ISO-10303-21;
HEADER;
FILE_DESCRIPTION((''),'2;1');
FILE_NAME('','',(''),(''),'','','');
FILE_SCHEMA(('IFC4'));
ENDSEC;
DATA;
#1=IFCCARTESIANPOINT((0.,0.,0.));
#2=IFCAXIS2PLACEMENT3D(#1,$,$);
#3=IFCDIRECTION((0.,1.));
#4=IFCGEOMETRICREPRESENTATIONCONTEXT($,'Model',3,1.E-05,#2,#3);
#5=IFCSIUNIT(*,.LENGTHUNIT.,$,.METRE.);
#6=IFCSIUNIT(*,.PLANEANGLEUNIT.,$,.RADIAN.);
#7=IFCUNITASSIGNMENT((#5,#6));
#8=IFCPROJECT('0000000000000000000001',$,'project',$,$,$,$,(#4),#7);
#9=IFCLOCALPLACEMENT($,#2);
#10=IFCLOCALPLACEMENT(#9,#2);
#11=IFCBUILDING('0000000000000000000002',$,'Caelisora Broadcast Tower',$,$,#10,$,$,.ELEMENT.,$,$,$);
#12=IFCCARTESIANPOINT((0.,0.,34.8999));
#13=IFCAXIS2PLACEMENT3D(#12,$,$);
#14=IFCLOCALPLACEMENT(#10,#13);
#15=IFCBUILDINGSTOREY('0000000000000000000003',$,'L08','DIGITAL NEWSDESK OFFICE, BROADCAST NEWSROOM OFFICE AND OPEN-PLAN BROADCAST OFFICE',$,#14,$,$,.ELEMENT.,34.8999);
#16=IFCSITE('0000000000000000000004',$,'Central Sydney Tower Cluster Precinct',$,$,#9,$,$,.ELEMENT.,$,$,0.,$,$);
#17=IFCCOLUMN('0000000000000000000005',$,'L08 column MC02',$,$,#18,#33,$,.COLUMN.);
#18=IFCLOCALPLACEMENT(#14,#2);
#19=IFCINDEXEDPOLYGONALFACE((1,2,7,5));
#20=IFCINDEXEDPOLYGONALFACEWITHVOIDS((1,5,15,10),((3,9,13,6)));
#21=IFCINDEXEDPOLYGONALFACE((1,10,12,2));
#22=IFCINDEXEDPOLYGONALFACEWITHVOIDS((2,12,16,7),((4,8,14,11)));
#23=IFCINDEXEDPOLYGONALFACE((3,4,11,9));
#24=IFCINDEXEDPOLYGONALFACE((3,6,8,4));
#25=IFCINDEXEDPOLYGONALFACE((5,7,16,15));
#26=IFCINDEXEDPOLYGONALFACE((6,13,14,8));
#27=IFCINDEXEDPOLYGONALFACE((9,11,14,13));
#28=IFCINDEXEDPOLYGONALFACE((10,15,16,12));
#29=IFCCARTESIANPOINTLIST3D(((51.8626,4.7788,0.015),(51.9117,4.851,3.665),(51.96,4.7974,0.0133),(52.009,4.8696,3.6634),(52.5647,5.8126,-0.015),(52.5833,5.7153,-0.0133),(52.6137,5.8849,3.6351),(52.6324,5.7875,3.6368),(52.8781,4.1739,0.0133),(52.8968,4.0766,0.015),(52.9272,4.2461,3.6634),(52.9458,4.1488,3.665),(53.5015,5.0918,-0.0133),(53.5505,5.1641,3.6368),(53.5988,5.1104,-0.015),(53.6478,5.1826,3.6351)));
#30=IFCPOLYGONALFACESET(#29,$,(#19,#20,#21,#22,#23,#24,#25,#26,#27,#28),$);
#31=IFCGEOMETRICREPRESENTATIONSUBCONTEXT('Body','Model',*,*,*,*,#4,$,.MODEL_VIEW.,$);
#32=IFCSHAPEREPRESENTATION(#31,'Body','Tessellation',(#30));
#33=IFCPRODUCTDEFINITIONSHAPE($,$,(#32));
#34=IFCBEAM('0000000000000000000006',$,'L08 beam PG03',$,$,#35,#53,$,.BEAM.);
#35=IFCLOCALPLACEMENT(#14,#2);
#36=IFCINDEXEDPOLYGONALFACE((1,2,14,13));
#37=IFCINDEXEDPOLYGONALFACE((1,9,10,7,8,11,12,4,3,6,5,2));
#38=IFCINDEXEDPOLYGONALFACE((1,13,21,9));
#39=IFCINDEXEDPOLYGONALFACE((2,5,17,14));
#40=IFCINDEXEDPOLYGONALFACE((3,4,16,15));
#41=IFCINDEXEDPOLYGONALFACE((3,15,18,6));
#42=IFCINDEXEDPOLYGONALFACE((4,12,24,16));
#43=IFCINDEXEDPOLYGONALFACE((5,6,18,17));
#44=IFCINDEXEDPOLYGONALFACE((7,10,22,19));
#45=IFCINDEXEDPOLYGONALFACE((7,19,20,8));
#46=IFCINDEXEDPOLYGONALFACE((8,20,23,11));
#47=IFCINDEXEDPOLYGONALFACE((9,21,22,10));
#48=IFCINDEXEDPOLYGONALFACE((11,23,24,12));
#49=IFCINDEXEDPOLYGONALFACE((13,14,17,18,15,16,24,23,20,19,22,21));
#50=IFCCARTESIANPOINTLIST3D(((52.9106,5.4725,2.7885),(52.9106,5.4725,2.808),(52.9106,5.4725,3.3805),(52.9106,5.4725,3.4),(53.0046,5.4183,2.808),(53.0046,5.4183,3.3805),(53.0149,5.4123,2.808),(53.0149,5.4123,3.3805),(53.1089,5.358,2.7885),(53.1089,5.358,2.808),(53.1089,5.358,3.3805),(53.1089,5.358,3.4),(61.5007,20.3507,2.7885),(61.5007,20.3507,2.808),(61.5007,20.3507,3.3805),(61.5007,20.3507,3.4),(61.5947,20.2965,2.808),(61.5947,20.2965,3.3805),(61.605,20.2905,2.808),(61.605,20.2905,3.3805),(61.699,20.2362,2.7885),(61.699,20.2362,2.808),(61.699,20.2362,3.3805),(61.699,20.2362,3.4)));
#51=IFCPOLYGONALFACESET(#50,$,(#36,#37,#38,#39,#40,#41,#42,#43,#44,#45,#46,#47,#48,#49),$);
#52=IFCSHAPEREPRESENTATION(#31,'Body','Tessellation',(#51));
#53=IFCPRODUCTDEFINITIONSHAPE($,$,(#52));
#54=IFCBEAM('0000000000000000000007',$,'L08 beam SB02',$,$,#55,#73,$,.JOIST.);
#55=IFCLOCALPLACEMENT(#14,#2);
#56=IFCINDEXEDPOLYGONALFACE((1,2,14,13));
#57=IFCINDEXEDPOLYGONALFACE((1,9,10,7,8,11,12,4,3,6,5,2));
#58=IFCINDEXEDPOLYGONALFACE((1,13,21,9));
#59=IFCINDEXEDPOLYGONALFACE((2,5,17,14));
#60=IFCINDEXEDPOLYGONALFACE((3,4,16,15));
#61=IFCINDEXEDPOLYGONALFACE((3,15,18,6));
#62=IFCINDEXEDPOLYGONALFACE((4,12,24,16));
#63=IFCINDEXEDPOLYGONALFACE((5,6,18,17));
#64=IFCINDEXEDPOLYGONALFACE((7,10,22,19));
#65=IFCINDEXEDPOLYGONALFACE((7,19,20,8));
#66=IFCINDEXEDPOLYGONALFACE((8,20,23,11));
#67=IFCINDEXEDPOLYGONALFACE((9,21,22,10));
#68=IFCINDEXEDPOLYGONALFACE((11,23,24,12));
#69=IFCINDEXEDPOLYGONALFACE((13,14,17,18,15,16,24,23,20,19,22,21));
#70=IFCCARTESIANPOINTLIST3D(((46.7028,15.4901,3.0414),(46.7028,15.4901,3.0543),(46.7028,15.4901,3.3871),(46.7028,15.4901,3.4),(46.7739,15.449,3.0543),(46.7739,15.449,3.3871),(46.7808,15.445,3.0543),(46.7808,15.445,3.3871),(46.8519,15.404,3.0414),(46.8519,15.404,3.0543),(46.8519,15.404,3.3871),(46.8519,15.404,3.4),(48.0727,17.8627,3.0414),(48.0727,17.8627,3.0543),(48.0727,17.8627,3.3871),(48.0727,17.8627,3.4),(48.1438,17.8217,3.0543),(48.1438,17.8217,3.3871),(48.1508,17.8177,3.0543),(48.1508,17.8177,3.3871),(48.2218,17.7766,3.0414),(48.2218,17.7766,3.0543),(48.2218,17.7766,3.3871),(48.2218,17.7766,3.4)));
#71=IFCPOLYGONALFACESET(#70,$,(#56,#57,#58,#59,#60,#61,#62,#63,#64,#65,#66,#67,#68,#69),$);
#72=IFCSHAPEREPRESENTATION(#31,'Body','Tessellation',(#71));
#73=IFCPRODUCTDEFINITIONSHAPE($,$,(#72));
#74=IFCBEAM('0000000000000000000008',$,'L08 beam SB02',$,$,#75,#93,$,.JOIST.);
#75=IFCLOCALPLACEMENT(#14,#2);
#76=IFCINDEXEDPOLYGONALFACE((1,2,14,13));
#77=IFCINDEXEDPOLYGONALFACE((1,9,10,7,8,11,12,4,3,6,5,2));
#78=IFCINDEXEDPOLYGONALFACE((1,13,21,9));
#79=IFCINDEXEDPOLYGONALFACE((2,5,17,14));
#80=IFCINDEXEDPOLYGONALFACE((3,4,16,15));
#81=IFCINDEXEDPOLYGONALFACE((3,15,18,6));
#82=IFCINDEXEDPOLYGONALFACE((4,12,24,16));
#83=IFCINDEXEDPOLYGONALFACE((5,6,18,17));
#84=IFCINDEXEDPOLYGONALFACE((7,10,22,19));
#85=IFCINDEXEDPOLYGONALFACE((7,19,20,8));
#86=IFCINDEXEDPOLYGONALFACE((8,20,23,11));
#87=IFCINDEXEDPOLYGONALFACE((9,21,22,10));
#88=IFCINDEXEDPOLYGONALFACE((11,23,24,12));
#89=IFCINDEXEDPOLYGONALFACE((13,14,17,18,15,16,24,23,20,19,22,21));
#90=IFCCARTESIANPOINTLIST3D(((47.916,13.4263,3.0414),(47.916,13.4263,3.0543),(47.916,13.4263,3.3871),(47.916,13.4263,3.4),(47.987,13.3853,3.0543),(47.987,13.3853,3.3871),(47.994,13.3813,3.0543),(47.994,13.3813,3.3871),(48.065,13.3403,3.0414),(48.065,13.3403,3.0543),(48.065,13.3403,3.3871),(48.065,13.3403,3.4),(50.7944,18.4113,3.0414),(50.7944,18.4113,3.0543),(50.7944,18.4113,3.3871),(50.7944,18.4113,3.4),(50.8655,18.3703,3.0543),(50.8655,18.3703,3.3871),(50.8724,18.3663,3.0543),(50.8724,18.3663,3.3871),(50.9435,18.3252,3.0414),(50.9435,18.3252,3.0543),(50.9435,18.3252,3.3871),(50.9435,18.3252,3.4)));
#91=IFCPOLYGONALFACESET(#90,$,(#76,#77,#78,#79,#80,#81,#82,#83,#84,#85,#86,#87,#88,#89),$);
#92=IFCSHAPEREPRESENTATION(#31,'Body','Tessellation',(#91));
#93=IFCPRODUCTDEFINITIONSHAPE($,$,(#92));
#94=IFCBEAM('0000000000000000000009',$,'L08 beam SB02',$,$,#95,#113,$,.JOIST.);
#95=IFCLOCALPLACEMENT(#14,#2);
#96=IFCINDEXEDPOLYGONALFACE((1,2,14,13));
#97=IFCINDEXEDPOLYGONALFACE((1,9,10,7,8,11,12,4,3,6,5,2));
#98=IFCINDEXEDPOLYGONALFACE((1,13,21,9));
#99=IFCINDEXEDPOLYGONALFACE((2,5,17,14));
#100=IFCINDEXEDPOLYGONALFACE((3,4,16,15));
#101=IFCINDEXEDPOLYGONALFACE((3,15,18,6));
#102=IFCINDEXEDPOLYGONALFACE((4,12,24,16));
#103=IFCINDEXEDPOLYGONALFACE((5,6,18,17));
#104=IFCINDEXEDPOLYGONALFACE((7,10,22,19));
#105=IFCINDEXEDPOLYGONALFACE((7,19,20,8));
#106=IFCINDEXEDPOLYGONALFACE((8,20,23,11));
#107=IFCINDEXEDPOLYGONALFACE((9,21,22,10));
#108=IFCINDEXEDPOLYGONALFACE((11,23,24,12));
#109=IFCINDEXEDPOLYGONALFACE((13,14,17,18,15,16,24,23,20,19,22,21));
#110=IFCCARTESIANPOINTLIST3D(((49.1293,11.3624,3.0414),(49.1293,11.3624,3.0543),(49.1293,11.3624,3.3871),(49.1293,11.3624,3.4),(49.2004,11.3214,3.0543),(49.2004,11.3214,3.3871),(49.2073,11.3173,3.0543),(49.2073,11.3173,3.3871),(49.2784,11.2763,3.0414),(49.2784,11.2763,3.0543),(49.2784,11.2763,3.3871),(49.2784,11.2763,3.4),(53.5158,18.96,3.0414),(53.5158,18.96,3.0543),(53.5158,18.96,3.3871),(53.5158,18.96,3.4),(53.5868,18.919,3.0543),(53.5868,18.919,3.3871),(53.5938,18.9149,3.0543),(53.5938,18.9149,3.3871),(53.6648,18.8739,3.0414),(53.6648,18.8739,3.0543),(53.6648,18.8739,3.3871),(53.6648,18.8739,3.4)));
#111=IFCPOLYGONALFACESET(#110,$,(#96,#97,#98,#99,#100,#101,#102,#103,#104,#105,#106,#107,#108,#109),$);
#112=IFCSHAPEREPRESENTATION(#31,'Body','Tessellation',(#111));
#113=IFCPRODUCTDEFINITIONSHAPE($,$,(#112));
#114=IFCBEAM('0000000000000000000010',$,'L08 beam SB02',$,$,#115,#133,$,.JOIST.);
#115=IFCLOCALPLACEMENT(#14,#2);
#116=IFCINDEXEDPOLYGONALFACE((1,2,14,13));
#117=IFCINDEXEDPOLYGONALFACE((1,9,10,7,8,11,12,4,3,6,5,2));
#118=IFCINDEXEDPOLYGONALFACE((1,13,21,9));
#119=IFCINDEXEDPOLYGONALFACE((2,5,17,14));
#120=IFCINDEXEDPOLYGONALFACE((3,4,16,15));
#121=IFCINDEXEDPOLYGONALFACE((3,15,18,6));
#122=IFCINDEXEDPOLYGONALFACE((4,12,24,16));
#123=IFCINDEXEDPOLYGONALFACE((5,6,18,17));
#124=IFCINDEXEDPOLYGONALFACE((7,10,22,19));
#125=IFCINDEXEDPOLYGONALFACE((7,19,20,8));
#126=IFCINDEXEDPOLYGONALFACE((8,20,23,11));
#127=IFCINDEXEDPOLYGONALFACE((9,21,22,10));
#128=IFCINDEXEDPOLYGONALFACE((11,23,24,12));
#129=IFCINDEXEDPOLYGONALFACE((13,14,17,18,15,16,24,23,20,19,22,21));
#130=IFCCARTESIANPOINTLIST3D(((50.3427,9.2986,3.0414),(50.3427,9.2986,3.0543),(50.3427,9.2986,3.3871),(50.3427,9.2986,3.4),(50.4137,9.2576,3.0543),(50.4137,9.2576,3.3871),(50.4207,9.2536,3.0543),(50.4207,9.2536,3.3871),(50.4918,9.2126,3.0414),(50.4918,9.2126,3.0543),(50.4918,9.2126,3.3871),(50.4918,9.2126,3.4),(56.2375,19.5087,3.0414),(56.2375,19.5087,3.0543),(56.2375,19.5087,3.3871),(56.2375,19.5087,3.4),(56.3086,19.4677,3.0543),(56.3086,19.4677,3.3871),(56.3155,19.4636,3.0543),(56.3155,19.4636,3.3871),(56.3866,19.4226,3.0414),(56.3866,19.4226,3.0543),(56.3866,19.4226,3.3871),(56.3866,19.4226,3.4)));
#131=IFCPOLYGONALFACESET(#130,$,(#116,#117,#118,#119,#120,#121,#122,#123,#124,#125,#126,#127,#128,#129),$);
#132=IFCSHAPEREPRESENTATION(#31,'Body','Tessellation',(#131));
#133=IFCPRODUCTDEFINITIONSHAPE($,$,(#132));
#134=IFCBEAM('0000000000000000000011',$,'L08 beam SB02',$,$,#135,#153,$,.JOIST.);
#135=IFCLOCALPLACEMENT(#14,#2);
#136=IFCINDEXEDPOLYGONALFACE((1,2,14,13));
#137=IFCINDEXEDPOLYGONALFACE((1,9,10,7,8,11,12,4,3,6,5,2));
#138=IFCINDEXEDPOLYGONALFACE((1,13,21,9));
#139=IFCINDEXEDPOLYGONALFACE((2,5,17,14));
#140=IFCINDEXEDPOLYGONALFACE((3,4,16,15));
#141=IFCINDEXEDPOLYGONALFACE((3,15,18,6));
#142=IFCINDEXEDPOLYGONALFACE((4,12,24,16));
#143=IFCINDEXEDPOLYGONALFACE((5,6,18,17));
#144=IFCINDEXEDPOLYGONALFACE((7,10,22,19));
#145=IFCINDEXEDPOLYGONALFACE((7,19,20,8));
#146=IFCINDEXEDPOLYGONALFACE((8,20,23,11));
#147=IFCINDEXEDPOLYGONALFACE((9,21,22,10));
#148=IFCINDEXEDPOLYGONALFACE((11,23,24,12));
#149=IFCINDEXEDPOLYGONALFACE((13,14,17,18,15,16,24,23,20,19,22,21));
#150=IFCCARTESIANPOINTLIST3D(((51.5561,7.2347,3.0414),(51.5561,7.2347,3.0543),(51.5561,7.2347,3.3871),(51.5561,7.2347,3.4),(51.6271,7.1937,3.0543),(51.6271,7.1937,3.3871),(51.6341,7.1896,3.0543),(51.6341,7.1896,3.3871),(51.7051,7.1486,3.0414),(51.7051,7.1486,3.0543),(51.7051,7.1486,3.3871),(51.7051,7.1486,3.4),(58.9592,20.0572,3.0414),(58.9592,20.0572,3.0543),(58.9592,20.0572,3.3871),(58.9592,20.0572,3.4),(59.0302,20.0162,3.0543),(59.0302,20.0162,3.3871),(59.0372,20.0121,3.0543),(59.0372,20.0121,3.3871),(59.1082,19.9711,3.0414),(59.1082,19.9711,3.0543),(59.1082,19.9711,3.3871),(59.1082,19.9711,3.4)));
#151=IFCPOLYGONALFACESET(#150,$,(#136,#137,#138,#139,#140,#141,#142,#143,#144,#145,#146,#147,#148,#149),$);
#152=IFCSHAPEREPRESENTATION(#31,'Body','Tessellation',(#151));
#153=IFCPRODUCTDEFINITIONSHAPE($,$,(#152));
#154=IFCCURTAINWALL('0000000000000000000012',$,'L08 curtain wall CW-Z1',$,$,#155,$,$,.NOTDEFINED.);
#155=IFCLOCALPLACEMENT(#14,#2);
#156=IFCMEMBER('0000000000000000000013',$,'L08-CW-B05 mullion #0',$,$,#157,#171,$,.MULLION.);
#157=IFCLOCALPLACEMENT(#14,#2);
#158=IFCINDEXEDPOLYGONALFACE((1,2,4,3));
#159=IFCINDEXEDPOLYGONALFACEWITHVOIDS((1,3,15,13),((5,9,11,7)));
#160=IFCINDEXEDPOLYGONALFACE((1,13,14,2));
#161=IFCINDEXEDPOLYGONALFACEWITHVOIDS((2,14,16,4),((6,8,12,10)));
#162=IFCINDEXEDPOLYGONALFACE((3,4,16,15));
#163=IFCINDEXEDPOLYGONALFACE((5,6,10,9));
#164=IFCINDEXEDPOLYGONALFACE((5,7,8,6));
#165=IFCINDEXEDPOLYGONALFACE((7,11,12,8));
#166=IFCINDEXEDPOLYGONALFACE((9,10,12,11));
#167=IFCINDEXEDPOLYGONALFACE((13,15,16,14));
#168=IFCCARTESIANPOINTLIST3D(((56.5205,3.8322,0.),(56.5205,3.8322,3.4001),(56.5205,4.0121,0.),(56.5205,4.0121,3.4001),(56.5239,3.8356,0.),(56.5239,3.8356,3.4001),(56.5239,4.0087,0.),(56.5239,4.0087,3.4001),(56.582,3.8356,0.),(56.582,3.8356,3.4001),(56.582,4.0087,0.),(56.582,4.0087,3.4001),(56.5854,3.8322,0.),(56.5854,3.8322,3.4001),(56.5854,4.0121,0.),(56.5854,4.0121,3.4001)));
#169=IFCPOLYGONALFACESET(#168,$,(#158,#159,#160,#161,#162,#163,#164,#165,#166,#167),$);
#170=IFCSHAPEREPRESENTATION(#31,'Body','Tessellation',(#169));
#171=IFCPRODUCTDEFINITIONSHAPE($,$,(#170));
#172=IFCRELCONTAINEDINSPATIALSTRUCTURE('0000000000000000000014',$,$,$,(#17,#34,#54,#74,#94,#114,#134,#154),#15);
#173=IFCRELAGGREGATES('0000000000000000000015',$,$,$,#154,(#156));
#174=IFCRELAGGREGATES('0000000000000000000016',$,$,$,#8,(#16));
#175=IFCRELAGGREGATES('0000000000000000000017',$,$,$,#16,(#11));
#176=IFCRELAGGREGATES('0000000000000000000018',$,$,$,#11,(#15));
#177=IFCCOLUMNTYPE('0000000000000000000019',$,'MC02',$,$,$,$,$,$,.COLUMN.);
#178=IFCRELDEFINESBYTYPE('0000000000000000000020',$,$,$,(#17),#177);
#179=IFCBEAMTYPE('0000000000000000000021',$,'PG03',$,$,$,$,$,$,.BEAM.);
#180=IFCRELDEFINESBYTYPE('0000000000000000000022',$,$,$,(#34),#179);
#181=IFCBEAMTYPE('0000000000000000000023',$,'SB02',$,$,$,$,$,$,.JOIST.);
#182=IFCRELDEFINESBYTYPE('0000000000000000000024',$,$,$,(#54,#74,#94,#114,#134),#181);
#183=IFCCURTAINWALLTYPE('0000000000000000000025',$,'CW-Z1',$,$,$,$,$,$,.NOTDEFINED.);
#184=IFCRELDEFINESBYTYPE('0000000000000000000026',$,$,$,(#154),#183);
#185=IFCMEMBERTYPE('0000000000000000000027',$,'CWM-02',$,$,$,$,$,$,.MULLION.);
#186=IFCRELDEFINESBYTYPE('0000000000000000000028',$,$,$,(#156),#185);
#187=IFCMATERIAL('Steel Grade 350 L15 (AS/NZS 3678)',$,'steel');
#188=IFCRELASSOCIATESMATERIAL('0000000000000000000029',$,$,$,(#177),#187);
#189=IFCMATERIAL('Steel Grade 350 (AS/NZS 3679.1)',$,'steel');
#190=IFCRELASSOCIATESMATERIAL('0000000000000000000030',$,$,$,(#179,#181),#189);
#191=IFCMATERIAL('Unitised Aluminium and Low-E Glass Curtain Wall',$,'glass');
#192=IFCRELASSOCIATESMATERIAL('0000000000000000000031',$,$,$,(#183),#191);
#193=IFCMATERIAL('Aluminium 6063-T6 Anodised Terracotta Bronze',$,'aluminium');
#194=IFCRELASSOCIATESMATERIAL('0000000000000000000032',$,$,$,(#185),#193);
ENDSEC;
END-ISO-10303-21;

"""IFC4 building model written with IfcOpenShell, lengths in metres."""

from ifc_helpers import new_model, si_unit, direction, frame, origin, origin_2d, place, context, subcontext, project, spatial, hollow_rectangle, i_section, extrude, source, transform, mapped, material, material_profile, profile_set, type_object, type_shapes, element, aggregate, save


model = new_model("IFC4")

# Units and contexts
model_context = context("Model", 3, precision=1e-05, world=origin(), true_north=direction((0.0, 1.0)))
body_context = subcontext(model_context, "Body", "Model", "MODEL_VIEW")
ifc_project = project(units=[si_unit("LENGTHUNIT", "METRE"), si_unit("PLANEANGLEUNIT", "RADIAN")], contexts=[model_context])

# Site, building, storey
site_placement = place(None, origin())
site = spatial("IfcSite", under=ifc_project, at=site_placement, Name="Central Sydney Tower Cluster Precinct", CompositionType="ELEMENT", RefElevation=0.0)
building_placement = place(site_placement, origin())
building = spatial("IfcBuilding", under=site, at=building_placement, Name="Caelisora Broadcast Tower", CompositionType="ELEMENT")
storey_placement = place(building_placement, frame((0.0, 0.0, 34.8999)))
storey = spatial("IfcBuildingStorey", under=building, at=storey_placement, Name="L08", Description="DIGITAL NEWSDESK OFFICE, BROADCAST NEWSROOM OFFICE AND OPEN-PLAN BROADCAST OFFICE", CompositionType="ELEMENT", Elevation=34.8999)

# Column
ifc_material_1 = material(Name="Steel Grade 350 L15 (AS/NZS 3678)", Category="steel")
ifc_material_profile_1 = material_profile(ifc_material_1, hollow_rectangle(XDim=1.25, YDim=1.25, WallThickness=0.0701, at=origin_2d()), Name="Steel Grade 350 L15 (AS/NZS 3678)")
ifc_profile_set_1 = profile_set([ifc_material_profile_1], Name="Steel Grade 350 L15 (AS/NZS 3678)")
column_type = type_object("IfcColumnType", Name="MC02", PredefinedType="COLUMN", material=ifc_profile_set_1)
shared_shape_1 = source(origin(), body_context, "Body", "SweptSolid", [
    extrude(hollow_rectangle(XDim=1.25, YDim=1.25, WallThickness=0.0701, at=origin_2d()), origin(), (0.0, 0.0, 1.0), 3.6511),
])
type_shapes(column_type, [shared_shape_1])
column_placement = place(storey_placement, frame((52.7307, 4.9446, 0.0), z_axis=(0.01344, 0.019792, 0.999714), x_axis=(-0.82729, 0.561775, 0.0)))
element("IfcColumn", 1, at=column_placement, inside=storey, type_object=column_type, Name="L08 column MC02", PredefinedType="COLUMN", context=body_context, shape_type="MappedRepresentation", body=[
    mapped(shared_shape_1, transform((0.0, 0.0, 0.0), scale=1.0)),
])

# Beams
ifc_material_2 = material(Name="Steel Grade 350 (AS/NZS 3679.1)", Category="steel")
ifc_material_profile_2 = material_profile(ifc_material_2, i_section(OverallWidth=0.229, OverallDepth=0.6116, WebThickness=0.012, FlangeThickness=0.0195, at=origin_2d()), Name="Steel Grade 350 (AS/NZS 3679.1)")
ifc_profile_set_2 = profile_set([ifc_material_profile_2], Name="Steel Grade 350 (AS/NZS 3679.1)")
beam_type_1 = type_object("IfcBeamType", Name="PG03", PredefinedType="BEAM", material=ifc_profile_set_2)
shared_shape_2 = source(origin(), body_context, "Body", "SweptSolid", [
    extrude(i_section(OverallWidth=0.229, OverallDepth=0.6116, WebThickness=0.012, FlangeThickness=0.0195, at=origin_2d()), origin(), (0.0, 0.0, 1.0), 17.1799),
])
type_shapes(beam_type_1, [shared_shape_2])
beam_1_placement = place(storey_placement, frame((53.0098, 5.4153, 3.0942), z_axis=(0.500007, 0.866021, 0.0), x_axis=(-0.866021, 0.500007, 0.0)))
element("IfcBeam", 2, at=beam_1_placement, inside=storey, type_object=beam_type_1, Name="L08 beam PG03", PredefinedType="BEAM", context=body_context, shape_type="MappedRepresentation", body=[
    mapped(shared_shape_2, transform((0.0, 0.0, 0.0), scale=1.0)),
])
ifc_material_profile_3 = material_profile(ifc_material_2, i_section(OverallWidth=0.1721, OverallDepth=0.3586, WebThickness=0.0081, FlangeThickness=0.0129, at=origin_2d()), Name="Steel Grade 350 (AS/NZS 3679.1)")
ifc_profile_set_3 = profile_set([ifc_material_profile_3], Name="Steel Grade 350 (AS/NZS 3679.1)")
beam_type_2 = type_object("IfcBeamType", Name="SB02", PredefinedType="JOIST", material=ifc_profile_set_3)
shared_shape_3 = source(origin(), body_context, "Body", "SweptSolid", [
    extrude(i_section(OverallWidth=0.1721, OverallDepth=0.3586, WebThickness=0.0081, FlangeThickness=0.0129, at=origin_2d()), origin(), (0.0, 0.0, 1.0), 2.7397),
])
beam_2_placement = place(storey_placement, frame((46.7773, 15.447, 3.2207), z_axis=(0.500021, 0.866013, 0.0), x_axis=(-0.866013, 0.500021, 0.0)))
element("IfcBeam", 3, at=beam_2_placement, inside=storey, type_object=beam_type_2, Name="L08 beam SB02", PredefinedType="JOIST", context=body_context, shape_type="MappedRepresentation", body=[
    mapped(shared_shape_3, transform((0.0, 0.0, 0.0), scale=1.0)),
])
shared_shape_4 = source(origin(), body_context, "Body", "SweptSolid", [
    extrude(i_section(OverallWidth=0.1721, OverallDepth=0.3586, WebThickness=0.0081, FlangeThickness=0.0129, at=origin_2d()), origin(), (0.0, 0.0, 1.0), 5.7563),
])
beam_3_placement = place(storey_placement, frame((47.9905, 13.3833, 3.2207), z_axis=(0.500053, 0.865995, 0.0), x_axis=(-0.865995, 0.500053, 0.0)))
element("IfcBeam", 4, at=beam_3_placement, inside=storey, type_object=beam_type_2, Name="L08 beam SB02", PredefinedType="JOIST", context=body_context, shape_type="MappedRepresentation", body=[
    mapped(shared_shape_4, transform((0.0, 0.0, 0.0), scale=1.0)),
])
shared_shape_5 = source(origin(), body_context, "Body", "SweptSolid", [
    extrude(i_section(OverallWidth=0.1721, OverallDepth=0.3586, WebThickness=0.0081, FlangeThickness=0.0129, at=origin_2d()), origin(), (0.0, 0.0, 1.0), 8.7729),
])
beam_4_placement = place(storey_placement, frame((49.2039, 11.3193, 3.2207), z_axis=(0.499997, 0.866027, 0.0), x_axis=(-0.866027, 0.499997, 0.0)))
element("IfcBeam", 5, at=beam_4_placement, inside=storey, type_object=beam_type_2, Name="L08 beam SB02", PredefinedType="JOIST", context=body_context, shape_type="MappedRepresentation", body=[
    mapped(shared_shape_5, transform((0.0, 0.0, 0.0), scale=1.0)),
])
shared_shape_6 = source(origin(), body_context, "Body", "SweptSolid", [
    extrude(i_section(OverallWidth=0.1721, OverallDepth=0.3586, WebThickness=0.0081, FlangeThickness=0.0129, at=origin_2d()), origin(), (0.0, 0.0, 1.0), 11.7896),
])
beam_5_placement = place(storey_placement, frame((50.4172, 9.2556, 3.2207), z_axis=(0.500003, 0.866024, 0.0), x_axis=(-0.866024, 0.500003, 0.0)))
element("IfcBeam", 6, at=beam_5_placement, inside=storey, type_object=beam_type_2, Name="L08 beam SB02", PredefinedType="JOIST", context=body_context, shape_type="MappedRepresentation", body=[
    mapped(shared_shape_6, transform((0.0, 0.0, 0.0), scale=1.0)),
])
shared_shape_7 = source(origin(), body_context, "Body", "SweptSolid", [
    extrude(i_section(OverallWidth=0.1721, OverallDepth=0.3586, WebThickness=0.0081, FlangeThickness=0.0129, at=origin_2d()), origin(), (0.0, 0.0, 1.0), 14.8062),
])
type_shapes(beam_type_2, [shared_shape_3, shared_shape_4, shared_shape_5, shared_shape_6, shared_shape_7])
beam_6_placement = place(storey_placement, frame((51.6306, 7.1917, 3.2207), z_axis=(0.5, 0.866026, 0.0), x_axis=(-0.866026, 0.5, 0.0)))
element("IfcBeam", 7, at=beam_6_placement, inside=storey, type_object=beam_type_2, Name="L08 beam SB02", PredefinedType="JOIST", context=body_context, shape_type="MappedRepresentation", body=[
    mapped(shared_shape_7, transform((0.0, 0.0, 0.0), scale=1.0)),
])

# Curtain wall, member
ifc_material_3 = material(Name="Unitised Aluminium and Low-E Glass Curtain Wall", Category="glass")
curtain_wall_type = type_object("IfcCurtainWallType", Name="CW-Z1", PredefinedType="NOTDEFINED", material=ifc_material_3)
curtain_wall_placement = place(storey_placement, origin())
curtain_wall = element("IfcCurtainWall", 8, at=curtain_wall_placement, inside=storey, type_object=curtain_wall_type, Name="L08 curtain wall CW-Z1", PredefinedType="NOTDEFINED")
ifc_material_4 = material(Name="Aluminium 6063-T6 Anodised Terracotta Bronze", Category="aluminium")
ifc_material_profile_4 = material_profile(ifc_material_4, hollow_rectangle(XDim=0.0649, YDim=0.1799, WallThickness=0.0034, at=origin_2d()), Name="Aluminium 6063-T6 Anodised Terracotta Bronze")
ifc_profile_set_4 = profile_set([ifc_material_profile_4], Name="Aluminium 6063-T6 Anodised Terracotta Bronze")
member_type_1 = type_object("IfcMemberType", Name="CWM-02", PredefinedType="MULLION", material=ifc_profile_set_4)
shared_shape_8 = source(origin(), body_context, "Body", "SweptSolid", [
    extrude(hollow_rectangle(XDim=0.0649, YDim=0.1799, WallThickness=0.0034, at=origin_2d()), origin(), (0.0, 0.0, 1.0), 3.4001),
])
type_shapes(member_type_1, [shared_shape_8])
member_1_placement = place(storey_placement, frame((56.553, 3.9221, 0.0), z_axis=(0.0, 0.0, 1.0), x_axis=(1.0, 0.0, 0.0)))
member_1 = element("IfcMember", 9, at=member_1_placement, type_object=member_type_1, Name="L08-CW-B05 mullion #0", PredefinedType="MULLION", context=body_context, shape_type="MappedRepresentation", body=[
    mapped(shared_shape_8, transform((0.0, 0.0, 0.0), scale=1.0)),
])
aggregate(curtain_wall, [member_1])

save(model, "model.ifc")
